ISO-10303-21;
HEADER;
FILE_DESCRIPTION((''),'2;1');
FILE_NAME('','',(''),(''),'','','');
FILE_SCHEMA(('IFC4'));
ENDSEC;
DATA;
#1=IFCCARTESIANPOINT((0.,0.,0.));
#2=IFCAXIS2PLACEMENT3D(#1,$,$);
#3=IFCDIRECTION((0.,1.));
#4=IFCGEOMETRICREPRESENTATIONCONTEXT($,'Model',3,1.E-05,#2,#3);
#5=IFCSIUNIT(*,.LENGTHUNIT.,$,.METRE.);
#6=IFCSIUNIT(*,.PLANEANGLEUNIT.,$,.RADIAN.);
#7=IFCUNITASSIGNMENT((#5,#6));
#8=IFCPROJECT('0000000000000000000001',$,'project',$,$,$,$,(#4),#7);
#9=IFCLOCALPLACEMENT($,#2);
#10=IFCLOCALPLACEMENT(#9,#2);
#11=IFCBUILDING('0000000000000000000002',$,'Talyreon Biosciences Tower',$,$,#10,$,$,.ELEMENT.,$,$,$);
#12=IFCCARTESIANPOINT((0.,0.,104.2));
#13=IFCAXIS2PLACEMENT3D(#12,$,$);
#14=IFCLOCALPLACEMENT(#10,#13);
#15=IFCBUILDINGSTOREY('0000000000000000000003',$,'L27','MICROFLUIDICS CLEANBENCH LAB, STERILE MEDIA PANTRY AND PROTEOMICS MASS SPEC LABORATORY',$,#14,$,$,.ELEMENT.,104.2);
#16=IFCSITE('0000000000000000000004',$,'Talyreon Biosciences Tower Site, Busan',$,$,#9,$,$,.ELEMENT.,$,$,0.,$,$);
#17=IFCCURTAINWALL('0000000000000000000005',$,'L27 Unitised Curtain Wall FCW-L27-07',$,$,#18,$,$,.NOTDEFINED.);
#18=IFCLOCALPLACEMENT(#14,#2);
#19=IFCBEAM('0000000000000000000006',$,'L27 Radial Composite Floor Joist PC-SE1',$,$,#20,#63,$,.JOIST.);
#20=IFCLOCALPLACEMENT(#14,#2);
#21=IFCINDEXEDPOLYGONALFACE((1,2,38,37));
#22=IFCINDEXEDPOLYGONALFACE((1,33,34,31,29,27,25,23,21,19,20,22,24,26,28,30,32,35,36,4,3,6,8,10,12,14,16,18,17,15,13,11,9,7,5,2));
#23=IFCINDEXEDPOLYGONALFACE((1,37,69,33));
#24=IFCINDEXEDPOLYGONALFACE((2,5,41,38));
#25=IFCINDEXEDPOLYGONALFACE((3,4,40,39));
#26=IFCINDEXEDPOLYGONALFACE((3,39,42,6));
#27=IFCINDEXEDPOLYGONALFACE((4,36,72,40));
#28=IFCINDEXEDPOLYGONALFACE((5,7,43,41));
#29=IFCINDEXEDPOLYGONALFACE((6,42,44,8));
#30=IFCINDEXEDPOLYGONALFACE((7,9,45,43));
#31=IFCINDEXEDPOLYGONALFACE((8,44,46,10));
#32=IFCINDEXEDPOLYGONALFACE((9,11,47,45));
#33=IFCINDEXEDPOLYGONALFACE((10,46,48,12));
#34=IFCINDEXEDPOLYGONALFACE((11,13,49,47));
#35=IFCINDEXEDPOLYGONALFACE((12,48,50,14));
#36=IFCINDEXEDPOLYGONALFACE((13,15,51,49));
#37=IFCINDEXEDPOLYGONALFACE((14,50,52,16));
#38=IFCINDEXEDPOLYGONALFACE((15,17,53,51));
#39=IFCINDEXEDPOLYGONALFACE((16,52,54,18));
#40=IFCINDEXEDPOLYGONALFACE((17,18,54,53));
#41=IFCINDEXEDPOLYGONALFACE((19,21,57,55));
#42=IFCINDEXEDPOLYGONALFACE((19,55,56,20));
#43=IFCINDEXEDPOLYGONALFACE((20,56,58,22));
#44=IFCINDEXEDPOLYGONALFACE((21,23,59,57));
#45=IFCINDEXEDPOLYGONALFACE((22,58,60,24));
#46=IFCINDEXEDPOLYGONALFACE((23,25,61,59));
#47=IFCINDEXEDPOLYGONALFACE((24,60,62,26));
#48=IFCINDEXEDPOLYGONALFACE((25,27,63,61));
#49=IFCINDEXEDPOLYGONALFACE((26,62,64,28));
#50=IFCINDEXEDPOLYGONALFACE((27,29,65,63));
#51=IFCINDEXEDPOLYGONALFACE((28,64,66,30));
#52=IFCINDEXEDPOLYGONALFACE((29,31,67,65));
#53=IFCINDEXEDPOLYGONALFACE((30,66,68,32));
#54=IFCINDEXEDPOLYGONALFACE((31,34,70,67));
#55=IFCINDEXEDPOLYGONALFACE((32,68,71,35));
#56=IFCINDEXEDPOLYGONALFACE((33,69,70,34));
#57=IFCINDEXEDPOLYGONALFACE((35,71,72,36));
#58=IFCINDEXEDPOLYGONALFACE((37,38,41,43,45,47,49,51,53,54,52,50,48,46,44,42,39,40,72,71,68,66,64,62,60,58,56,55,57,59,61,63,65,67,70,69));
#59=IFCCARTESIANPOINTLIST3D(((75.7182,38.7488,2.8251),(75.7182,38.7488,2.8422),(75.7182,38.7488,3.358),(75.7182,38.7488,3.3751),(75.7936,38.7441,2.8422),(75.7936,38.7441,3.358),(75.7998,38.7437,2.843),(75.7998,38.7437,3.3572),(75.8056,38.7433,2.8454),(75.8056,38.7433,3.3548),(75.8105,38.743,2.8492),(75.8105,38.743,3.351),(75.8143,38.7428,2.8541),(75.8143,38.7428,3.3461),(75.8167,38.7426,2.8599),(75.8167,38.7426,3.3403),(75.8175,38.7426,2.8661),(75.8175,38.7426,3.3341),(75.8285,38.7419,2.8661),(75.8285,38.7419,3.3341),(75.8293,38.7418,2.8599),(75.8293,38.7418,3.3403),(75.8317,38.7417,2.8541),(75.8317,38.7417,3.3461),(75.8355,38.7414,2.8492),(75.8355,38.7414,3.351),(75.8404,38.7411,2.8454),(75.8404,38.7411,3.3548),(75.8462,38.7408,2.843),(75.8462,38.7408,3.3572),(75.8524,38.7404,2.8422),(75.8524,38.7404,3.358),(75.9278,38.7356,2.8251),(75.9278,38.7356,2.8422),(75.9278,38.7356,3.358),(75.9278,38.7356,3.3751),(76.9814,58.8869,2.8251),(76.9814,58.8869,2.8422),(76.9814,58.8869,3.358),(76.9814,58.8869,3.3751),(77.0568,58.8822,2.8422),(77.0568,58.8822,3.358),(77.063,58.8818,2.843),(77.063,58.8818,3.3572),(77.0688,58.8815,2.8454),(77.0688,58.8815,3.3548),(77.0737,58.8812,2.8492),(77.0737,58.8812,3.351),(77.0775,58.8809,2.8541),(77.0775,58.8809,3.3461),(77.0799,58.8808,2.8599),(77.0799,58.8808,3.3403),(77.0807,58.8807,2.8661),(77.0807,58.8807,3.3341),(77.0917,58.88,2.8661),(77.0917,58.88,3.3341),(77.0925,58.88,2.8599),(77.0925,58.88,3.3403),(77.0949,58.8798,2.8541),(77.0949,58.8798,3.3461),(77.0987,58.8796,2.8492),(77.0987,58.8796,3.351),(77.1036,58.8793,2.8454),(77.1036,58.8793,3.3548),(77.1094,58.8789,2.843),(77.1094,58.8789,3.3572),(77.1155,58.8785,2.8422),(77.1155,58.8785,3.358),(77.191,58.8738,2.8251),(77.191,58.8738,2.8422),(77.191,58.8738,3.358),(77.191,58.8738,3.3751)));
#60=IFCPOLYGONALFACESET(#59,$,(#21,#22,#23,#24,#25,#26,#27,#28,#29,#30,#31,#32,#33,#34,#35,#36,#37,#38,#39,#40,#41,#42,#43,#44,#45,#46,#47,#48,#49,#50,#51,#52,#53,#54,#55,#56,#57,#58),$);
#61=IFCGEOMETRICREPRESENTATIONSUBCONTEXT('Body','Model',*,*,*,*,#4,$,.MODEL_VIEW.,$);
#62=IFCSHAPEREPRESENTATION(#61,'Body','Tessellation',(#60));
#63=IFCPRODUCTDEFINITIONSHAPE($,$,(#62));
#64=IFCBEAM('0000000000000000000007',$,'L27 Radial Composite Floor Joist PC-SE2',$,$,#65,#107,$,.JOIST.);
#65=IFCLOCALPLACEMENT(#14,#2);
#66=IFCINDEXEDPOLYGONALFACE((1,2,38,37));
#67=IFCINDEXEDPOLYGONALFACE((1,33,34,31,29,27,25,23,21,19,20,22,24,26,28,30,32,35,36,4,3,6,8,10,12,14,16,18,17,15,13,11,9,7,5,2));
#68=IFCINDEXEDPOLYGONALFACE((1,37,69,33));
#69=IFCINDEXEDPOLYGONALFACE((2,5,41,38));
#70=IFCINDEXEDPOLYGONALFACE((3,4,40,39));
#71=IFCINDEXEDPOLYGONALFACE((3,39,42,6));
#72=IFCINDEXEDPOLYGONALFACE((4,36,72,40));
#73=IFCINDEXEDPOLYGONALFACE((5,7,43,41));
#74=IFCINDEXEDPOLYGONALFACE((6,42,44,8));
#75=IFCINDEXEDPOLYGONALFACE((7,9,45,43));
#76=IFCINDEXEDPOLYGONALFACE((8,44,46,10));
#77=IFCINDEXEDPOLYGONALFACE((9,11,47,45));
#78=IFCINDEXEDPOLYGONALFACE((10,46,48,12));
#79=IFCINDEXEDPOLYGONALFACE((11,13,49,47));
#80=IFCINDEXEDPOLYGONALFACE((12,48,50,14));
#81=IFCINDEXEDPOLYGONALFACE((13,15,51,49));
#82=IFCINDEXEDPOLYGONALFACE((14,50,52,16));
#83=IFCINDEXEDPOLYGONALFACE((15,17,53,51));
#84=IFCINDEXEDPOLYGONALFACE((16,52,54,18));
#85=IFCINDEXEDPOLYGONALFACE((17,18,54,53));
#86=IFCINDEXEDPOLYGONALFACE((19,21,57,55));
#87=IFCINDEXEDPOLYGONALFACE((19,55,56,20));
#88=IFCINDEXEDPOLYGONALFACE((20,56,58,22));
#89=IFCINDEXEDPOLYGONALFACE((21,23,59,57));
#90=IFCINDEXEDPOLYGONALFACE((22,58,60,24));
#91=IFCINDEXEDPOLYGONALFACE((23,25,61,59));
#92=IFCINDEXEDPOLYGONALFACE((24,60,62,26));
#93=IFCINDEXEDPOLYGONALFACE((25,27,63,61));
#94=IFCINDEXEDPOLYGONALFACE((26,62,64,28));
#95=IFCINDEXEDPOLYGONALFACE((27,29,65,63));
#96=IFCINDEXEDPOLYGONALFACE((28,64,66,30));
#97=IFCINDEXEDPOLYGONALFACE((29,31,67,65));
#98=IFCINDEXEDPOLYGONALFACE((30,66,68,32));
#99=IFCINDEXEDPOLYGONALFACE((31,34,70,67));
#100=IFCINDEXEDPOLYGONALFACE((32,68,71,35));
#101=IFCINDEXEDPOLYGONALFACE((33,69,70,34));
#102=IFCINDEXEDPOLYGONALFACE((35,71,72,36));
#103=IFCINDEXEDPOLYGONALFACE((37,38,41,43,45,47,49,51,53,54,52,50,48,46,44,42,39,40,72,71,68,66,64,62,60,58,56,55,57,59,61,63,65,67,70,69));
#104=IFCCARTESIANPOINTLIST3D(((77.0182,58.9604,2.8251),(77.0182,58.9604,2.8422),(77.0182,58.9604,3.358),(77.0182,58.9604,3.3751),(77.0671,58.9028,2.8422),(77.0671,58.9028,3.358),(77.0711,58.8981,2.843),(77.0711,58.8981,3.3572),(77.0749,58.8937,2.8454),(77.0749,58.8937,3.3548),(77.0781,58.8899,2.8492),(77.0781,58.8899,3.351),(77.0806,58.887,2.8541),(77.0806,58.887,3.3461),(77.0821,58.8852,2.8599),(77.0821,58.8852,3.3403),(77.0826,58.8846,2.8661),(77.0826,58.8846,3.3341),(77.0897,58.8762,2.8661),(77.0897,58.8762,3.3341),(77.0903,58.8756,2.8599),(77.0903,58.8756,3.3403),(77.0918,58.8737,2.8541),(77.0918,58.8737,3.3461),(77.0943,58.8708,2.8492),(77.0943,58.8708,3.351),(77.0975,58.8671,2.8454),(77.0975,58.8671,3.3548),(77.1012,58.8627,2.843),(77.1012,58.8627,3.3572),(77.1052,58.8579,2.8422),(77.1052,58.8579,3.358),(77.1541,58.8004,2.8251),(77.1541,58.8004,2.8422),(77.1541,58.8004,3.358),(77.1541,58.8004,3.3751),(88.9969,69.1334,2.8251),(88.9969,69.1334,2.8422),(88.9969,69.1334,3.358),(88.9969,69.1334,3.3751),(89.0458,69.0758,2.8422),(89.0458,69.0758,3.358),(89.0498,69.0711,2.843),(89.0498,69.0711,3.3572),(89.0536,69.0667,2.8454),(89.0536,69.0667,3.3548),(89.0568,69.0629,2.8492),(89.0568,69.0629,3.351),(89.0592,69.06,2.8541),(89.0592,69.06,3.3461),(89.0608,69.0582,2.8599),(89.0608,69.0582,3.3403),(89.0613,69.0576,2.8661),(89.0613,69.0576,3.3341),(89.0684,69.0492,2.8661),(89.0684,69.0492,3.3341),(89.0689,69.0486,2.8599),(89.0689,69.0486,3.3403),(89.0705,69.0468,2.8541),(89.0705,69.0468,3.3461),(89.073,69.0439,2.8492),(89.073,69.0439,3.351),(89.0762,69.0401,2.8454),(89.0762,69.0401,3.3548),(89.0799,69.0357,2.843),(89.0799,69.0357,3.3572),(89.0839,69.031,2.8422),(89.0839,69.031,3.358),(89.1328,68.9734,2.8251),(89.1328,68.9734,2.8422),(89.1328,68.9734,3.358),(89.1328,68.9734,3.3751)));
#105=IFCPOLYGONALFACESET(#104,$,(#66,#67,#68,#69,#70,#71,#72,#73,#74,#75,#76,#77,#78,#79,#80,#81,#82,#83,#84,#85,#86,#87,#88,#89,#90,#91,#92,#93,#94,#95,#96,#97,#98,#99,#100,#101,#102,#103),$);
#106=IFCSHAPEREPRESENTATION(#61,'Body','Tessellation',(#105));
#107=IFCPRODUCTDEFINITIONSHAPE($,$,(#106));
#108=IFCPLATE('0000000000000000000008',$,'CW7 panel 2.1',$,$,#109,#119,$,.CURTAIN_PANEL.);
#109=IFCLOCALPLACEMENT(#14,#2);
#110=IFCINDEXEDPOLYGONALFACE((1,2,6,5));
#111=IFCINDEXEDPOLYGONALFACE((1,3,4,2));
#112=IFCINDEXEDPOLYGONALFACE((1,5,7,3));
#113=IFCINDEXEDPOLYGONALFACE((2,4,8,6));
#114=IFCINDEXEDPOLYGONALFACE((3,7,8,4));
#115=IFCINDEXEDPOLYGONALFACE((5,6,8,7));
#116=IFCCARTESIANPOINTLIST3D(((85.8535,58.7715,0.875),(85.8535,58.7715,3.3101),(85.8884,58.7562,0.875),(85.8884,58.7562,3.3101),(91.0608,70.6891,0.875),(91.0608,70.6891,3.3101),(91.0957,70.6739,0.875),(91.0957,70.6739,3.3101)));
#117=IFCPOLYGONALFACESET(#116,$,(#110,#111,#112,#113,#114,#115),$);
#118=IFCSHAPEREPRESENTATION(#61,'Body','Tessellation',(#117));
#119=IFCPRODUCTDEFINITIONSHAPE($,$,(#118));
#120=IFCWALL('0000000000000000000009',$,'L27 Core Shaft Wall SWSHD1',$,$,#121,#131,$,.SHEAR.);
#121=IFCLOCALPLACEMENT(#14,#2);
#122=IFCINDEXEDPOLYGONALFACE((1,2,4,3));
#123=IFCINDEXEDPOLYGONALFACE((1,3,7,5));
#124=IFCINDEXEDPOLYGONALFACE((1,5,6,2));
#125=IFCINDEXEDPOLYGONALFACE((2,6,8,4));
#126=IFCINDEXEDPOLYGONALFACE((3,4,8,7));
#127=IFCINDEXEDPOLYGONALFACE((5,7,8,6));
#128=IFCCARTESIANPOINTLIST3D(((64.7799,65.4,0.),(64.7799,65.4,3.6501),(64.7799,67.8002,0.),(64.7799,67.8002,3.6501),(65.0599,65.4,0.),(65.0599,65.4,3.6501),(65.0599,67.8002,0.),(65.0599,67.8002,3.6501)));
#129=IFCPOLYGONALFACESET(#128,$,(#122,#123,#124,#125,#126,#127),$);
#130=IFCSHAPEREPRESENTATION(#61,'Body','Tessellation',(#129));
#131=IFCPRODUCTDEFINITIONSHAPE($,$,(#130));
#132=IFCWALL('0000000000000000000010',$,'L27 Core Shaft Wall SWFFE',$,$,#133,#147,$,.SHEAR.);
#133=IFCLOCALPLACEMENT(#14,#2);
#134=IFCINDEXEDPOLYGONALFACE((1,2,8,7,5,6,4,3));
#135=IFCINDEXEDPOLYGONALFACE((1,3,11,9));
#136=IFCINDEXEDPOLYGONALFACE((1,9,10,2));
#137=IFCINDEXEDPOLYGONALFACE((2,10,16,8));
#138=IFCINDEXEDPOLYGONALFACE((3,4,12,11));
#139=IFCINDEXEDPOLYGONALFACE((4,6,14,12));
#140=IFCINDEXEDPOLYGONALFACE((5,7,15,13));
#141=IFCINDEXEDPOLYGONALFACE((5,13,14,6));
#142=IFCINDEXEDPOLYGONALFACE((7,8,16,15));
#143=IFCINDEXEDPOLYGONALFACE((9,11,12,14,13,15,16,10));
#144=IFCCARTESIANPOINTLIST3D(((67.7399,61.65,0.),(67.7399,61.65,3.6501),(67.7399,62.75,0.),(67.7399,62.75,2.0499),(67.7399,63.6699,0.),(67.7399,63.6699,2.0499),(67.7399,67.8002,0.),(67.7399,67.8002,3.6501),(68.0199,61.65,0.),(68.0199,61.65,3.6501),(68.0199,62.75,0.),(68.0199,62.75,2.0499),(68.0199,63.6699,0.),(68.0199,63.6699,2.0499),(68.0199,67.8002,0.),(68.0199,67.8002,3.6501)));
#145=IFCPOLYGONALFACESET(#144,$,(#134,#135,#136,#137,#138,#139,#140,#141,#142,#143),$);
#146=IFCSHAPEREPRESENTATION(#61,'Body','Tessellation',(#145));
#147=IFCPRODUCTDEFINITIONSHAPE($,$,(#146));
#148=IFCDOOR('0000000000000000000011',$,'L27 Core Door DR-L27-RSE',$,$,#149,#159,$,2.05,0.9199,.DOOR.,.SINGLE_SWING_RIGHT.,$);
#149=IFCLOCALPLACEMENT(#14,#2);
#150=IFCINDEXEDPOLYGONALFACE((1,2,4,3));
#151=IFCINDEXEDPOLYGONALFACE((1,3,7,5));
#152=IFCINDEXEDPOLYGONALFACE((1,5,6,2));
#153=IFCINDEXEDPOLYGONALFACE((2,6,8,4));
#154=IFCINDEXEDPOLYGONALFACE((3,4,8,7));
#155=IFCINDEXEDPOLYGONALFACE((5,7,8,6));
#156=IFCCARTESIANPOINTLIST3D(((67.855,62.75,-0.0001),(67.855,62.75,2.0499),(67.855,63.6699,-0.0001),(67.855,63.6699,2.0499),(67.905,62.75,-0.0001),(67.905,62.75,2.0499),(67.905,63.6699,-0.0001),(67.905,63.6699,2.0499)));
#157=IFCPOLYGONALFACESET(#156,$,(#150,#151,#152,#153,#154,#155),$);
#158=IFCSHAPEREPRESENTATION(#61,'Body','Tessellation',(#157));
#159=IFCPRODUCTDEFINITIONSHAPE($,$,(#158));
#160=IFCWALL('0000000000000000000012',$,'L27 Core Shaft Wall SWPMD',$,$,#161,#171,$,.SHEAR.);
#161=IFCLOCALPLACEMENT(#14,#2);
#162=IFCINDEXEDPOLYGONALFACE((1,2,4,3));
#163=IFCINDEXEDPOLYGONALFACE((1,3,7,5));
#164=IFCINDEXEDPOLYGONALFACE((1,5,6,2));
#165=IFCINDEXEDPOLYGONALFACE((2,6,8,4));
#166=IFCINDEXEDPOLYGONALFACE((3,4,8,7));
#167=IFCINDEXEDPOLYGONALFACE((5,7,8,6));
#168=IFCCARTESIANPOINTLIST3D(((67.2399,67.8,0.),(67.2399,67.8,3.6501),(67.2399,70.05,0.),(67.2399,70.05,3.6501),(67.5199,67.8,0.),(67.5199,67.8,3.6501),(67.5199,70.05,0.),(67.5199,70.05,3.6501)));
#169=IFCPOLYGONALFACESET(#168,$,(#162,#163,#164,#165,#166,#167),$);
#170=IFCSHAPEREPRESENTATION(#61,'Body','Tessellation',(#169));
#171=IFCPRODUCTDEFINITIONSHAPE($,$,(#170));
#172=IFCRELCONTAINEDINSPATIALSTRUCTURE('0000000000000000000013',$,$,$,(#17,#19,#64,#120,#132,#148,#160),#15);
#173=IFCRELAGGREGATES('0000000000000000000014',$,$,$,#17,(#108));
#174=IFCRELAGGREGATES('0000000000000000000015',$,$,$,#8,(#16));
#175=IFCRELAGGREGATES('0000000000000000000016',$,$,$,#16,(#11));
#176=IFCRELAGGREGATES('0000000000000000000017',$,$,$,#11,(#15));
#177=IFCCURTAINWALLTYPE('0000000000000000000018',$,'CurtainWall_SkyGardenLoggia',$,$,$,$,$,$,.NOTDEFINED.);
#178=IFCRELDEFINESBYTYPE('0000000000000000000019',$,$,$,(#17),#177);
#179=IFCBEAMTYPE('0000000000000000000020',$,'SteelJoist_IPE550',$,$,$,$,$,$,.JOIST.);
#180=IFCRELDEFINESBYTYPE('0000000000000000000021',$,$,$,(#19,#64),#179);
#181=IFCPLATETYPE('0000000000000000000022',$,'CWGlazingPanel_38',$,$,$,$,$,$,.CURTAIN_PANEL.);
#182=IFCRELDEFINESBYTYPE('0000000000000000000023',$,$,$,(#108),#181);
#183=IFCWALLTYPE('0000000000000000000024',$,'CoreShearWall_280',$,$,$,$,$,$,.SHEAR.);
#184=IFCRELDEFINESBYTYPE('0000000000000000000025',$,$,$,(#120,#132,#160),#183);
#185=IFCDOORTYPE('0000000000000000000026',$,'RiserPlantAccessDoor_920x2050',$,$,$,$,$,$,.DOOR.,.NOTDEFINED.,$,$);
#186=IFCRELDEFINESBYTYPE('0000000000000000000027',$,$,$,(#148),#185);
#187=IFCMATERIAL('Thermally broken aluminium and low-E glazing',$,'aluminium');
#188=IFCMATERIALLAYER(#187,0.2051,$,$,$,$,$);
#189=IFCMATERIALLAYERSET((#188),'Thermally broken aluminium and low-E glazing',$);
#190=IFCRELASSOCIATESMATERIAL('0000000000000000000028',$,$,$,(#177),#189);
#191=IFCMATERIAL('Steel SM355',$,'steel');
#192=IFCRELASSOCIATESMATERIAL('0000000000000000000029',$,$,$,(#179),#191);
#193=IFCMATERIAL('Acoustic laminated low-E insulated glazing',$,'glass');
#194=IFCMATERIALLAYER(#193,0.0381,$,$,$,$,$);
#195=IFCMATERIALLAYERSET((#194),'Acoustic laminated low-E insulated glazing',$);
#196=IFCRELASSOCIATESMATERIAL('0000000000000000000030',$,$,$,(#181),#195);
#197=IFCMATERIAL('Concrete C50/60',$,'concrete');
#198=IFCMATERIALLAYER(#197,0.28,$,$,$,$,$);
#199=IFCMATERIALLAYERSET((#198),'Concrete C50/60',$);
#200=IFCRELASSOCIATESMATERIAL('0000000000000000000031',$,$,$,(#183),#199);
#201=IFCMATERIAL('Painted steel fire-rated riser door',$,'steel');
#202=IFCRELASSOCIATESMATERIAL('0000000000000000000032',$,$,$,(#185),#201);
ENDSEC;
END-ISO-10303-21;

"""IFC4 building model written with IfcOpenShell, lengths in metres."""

from ifc_helpers import new_model, si_unit, direction, frame, frame_2d, origin, origin_2d, place, context, subcontext, project, spatial, rectangle, i_section, extrude, material, layer, layer_set, material_profile, profile_set, type_object, element, fill, aggregate, save


model = new_model("IFC4")

# Units and contexts
model_context = context("Model", 3, precision=1e-05, world=origin(), true_north=direction((0.0, 1.0)))
body_context = subcontext(model_context, "Body", "Model", "MODEL_VIEW")
ifc_project = project(units=[si_unit("LENGTHUNIT", "METRE"), si_unit("PLANEANGLEUNIT", "RADIAN")], contexts=[model_context])

# Site, building, storey
site_placement = place(None, origin())
site = spatial("IfcSite", under=ifc_project, at=site_placement, Name="Talyreon Biosciences Tower Site, Busan", CompositionType="ELEMENT", RefElevation=0.0)
building_placement = place(site_placement, origin())
building = spatial("IfcBuilding", under=site, at=building_placement, Name="Talyreon Biosciences Tower", CompositionType="ELEMENT")
storey_placement = place(building_placement, frame((0.0, 0.0, 104.2)))
storey = spatial("IfcBuildingStorey", under=building, at=storey_placement, Name="L27", Description="MICROFLUIDICS CLEANBENCH LAB, STERILE MEDIA PANTRY AND PROTEOMICS MASS SPEC LABORATORY", CompositionType="ELEMENT", Elevation=104.2)

# Shared definitions
ifc_material_1 = material(Name="Concrete C50/60", Category="concrete")

# Curtain wall
ifc_material_2 = material(Name="Thermally broken aluminium and low-E glazing", Category="aluminium")
ifc_layer_1 = layer(ifc_material_2, 0.2051)
ifc_layer_set_1 = layer_set([ifc_layer_1], Name="Thermally broken aluminium and low-E glazing")
curtain_wall_type = type_object("IfcCurtainWallType", Name="CurtainWall_SkyGardenLoggia", PredefinedType="NOTDEFINED", material=ifc_layer_set_1)
curtain_wall_placement = place(storey_placement, origin())
curtain_wall = element("IfcCurtainWall", 1, at=curtain_wall_placement, inside=storey, type_object=curtain_wall_type, Name="L27 Unitised Curtain Wall FCW-L27-07", PredefinedType="NOTDEFINED")

# Beams
ifc_material_3 = material(Name="Steel SM355", Category="steel")
ifc_material_profile_1 = material_profile(ifc_material_3, i_section(OverallWidth=0.21, OverallDepth=0.55, WebThickness=0.011, FlangeThickness=0.0171, FilletRadius=0.0239, at=origin_2d()), Name="IPE550")
ifc_profile_set_1 = profile_set([ifc_material_profile_1], Name="Steel SM355")
beam_type_1 = type_object("IfcBeamType", Name="SteelJoist_IPE550", PredefinedType="JOIST", material=ifc_profile_set_1)
beam_1_placement = place(storey_placement, frame((77.0862, 58.8804, 3.1001), z_axis=(-0.062603, -0.998039, 0.0), x_axis=(0.998039, -0.062603, 0.0)))
element("IfcBeam", 2, at=beam_1_placement, inside=storey, type_object=beam_type_1, Name="L27 Radial Composite Floor Joist PC-SE1", PredefinedType="JOIST", context=body_context, shape_type="SweptSolid", body=[
    extrude(i_section(OverallWidth=0.21, OverallDepth=0.55, WebThickness=0.011, FlangeThickness=0.0171, FilletRadius=0.0239, at=origin_2d()), origin(), (0.0, 0.0, 1.0), 20.1777),
])
beam_2_placement = place(storey_placement, frame((77.0862, 58.8804, 3.1001), z_axis=(0.762217, 0.647321, 0.0), x_axis=(-0.647321, 0.762217, 0.0)))
element("IfcBeam", 3, at=beam_2_placement, inside=storey, type_object=beam_type_1, Name="L27 Radial Composite Floor Joist PC-SE2", PredefinedType="JOIST", context=body_context, shape_type="SweptSolid", body=[
    extrude(i_section(OverallWidth=0.21, OverallDepth=0.55, WebThickness=0.011, FlangeThickness=0.0171, FilletRadius=0.0239, at=origin_2d()), origin(), (0.0, 0.0, 1.0), 15.7156),
])

# Plate
ifc_material_4 = material(Name="Acoustic laminated low-E insulated glazing", Category="glass")
ifc_layer_2 = layer(ifc_material_4, 0.0381)
ifc_layer_set_2 = layer_set([ifc_layer_2], Name="Acoustic laminated low-E insulated glazing")
plate_type = type_object("IfcPlateType", Name="CWGlazingPanel_38", PredefinedType="CURTAIN_PANEL", material=ifc_layer_set_2)
plate_placement = place(storey_placement, frame((88.4746, 64.7227, 0.875), z_axis=(0.0, 0.0, 1.0), x_axis=(-0.400385, -0.916347, 0.0)))
plate = element("IfcPlate", 4, at=plate_placement, type_object=plate_type, Name="CW7 panel 2.1", PredefinedType="CURTAIN_PANEL", context=body_context, shape_type="SweptSolid", body=[
    extrude(rectangle(XDim=13.0056, YDim=0.0381, at=origin_2d()), origin(), (0.0, 0.0, 1.0), 2.4351),
])
aggregate(curtain_wall, [plate])

# Wall
ifc_layer_3 = layer(ifc_material_1, 0.28)
ifc_layer_set_3 = layer_set([ifc_layer_3], Name="Concrete C50/60")
wall_type_1 = type_object("IfcWallType", Name="CoreShearWall_280", PredefinedType="SHEAR", material=ifc_layer_set_3)
wall_1_placement = place(storey_placement, frame((64.9199, 65.3999, 0.0), z_axis=(0.0, 0.0, 1.0), x_axis=(0.0, 1.0, 0.0)))
element("IfcWall", 5, at=wall_1_placement, inside=storey, type_object=wall_type_1, Name="L27 Core Shaft Wall SWSHD1", PredefinedType="SHEAR", context=body_context, shape_type="SweptSolid", body=[
    extrude(rectangle(XDim=2.4001, YDim=0.28, at=frame_2d((1.2002, 0.0))), origin(), (0.0, 0.0, 1.0), 3.6501),
])

# Wall, opening, door
wall_2_placement = place(storey_placement, frame((67.8799, 61.6499, 0.0), z_axis=(0.0, 0.0, 1.0), x_axis=(0.0, 1.0, 0.0)))
wall_2 = element("IfcWall", 6, at=wall_2_placement, inside=storey, type_object=wall_type_1, Name="L27 Core Shaft Wall SWFFE", PredefinedType="SHEAR", context=body_context, shape_type="SweptSolid", body=[
    extrude(rectangle(XDim=6.1501, YDim=0.28, at=frame_2d((3.0752, 0.0))), origin(), (0.0, 0.0, 1.0), 3.6501),
])
opening_1_placement = place(wall_2_placement, frame((1.1001, 0.0, 0.0)))
opening_1 = element("IfcOpeningElement", 7, at=opening_1_placement, cuts=wall_2, PredefinedType="OPENING", context=body_context, shape_type="SweptSolid", body=[
    extrude(rectangle(XDim=0.9199, YDim=2.05, at=frame_2d((0.46, 1.0249))), frame((0.0, 0.1499, 0.0), z_axis=(0.0, -1.0, 0.0), x_axis=(1.0, 0.0, 0.0)), (0.0, 0.0, 1.0), 0.3),
])
ifc_material_5 = material(Name="Painted steel fire-rated riser door", Category="steel")
door_type = type_object("IfcDoorType", Name="RiserPlantAccessDoor_920x2050", OperationType="NOTDEFINED", PredefinedType="DOOR", material=ifc_material_5)
door_1_placement = place(opening_1_placement, origin())
door_1 = element("IfcDoor", 8, at=door_1_placement, inside=storey, type_object=door_type, Name="L27 Core Door DR-L27-RSE", OperationType="SINGLE_SWING_RIGHT", OverallHeight=2.05, OverallWidth=0.9199, PredefinedType="DOOR", context=body_context, shape_type="SweptSolid", body=[
    extrude(rectangle(XDim=0.9199, YDim=2.05, at=frame_2d((0.46, 1.0249))), frame((0.0, 0.0249, 0.0), z_axis=(0.0, -1.0, 0.0), x_axis=(1.0, 0.0, 0.0)), (0.0, 0.0, 1.0), 0.05),
])
fill(opening_1, door_1)

# Wall
wall_3_placement = place(storey_placement, frame((67.3799, 67.8, 0.0), z_axis=(0.0, 0.0, 1.0), x_axis=(0.0, 1.0, 0.0)))
element("IfcWall", 9, at=wall_3_placement, inside=storey, type_object=wall_type_1, Name="L27 Core Shaft Wall SWPMD", PredefinedType="SHEAR", context=body_context, shape_type="SweptSolid", body=[
    extrude(rectangle(XDim=2.25, YDim=0.28, at=frame_2d((1.125, 0.0))), origin(), (0.0, 0.0, 1.0), 3.6501),
])

save(model, "model.ifc")
